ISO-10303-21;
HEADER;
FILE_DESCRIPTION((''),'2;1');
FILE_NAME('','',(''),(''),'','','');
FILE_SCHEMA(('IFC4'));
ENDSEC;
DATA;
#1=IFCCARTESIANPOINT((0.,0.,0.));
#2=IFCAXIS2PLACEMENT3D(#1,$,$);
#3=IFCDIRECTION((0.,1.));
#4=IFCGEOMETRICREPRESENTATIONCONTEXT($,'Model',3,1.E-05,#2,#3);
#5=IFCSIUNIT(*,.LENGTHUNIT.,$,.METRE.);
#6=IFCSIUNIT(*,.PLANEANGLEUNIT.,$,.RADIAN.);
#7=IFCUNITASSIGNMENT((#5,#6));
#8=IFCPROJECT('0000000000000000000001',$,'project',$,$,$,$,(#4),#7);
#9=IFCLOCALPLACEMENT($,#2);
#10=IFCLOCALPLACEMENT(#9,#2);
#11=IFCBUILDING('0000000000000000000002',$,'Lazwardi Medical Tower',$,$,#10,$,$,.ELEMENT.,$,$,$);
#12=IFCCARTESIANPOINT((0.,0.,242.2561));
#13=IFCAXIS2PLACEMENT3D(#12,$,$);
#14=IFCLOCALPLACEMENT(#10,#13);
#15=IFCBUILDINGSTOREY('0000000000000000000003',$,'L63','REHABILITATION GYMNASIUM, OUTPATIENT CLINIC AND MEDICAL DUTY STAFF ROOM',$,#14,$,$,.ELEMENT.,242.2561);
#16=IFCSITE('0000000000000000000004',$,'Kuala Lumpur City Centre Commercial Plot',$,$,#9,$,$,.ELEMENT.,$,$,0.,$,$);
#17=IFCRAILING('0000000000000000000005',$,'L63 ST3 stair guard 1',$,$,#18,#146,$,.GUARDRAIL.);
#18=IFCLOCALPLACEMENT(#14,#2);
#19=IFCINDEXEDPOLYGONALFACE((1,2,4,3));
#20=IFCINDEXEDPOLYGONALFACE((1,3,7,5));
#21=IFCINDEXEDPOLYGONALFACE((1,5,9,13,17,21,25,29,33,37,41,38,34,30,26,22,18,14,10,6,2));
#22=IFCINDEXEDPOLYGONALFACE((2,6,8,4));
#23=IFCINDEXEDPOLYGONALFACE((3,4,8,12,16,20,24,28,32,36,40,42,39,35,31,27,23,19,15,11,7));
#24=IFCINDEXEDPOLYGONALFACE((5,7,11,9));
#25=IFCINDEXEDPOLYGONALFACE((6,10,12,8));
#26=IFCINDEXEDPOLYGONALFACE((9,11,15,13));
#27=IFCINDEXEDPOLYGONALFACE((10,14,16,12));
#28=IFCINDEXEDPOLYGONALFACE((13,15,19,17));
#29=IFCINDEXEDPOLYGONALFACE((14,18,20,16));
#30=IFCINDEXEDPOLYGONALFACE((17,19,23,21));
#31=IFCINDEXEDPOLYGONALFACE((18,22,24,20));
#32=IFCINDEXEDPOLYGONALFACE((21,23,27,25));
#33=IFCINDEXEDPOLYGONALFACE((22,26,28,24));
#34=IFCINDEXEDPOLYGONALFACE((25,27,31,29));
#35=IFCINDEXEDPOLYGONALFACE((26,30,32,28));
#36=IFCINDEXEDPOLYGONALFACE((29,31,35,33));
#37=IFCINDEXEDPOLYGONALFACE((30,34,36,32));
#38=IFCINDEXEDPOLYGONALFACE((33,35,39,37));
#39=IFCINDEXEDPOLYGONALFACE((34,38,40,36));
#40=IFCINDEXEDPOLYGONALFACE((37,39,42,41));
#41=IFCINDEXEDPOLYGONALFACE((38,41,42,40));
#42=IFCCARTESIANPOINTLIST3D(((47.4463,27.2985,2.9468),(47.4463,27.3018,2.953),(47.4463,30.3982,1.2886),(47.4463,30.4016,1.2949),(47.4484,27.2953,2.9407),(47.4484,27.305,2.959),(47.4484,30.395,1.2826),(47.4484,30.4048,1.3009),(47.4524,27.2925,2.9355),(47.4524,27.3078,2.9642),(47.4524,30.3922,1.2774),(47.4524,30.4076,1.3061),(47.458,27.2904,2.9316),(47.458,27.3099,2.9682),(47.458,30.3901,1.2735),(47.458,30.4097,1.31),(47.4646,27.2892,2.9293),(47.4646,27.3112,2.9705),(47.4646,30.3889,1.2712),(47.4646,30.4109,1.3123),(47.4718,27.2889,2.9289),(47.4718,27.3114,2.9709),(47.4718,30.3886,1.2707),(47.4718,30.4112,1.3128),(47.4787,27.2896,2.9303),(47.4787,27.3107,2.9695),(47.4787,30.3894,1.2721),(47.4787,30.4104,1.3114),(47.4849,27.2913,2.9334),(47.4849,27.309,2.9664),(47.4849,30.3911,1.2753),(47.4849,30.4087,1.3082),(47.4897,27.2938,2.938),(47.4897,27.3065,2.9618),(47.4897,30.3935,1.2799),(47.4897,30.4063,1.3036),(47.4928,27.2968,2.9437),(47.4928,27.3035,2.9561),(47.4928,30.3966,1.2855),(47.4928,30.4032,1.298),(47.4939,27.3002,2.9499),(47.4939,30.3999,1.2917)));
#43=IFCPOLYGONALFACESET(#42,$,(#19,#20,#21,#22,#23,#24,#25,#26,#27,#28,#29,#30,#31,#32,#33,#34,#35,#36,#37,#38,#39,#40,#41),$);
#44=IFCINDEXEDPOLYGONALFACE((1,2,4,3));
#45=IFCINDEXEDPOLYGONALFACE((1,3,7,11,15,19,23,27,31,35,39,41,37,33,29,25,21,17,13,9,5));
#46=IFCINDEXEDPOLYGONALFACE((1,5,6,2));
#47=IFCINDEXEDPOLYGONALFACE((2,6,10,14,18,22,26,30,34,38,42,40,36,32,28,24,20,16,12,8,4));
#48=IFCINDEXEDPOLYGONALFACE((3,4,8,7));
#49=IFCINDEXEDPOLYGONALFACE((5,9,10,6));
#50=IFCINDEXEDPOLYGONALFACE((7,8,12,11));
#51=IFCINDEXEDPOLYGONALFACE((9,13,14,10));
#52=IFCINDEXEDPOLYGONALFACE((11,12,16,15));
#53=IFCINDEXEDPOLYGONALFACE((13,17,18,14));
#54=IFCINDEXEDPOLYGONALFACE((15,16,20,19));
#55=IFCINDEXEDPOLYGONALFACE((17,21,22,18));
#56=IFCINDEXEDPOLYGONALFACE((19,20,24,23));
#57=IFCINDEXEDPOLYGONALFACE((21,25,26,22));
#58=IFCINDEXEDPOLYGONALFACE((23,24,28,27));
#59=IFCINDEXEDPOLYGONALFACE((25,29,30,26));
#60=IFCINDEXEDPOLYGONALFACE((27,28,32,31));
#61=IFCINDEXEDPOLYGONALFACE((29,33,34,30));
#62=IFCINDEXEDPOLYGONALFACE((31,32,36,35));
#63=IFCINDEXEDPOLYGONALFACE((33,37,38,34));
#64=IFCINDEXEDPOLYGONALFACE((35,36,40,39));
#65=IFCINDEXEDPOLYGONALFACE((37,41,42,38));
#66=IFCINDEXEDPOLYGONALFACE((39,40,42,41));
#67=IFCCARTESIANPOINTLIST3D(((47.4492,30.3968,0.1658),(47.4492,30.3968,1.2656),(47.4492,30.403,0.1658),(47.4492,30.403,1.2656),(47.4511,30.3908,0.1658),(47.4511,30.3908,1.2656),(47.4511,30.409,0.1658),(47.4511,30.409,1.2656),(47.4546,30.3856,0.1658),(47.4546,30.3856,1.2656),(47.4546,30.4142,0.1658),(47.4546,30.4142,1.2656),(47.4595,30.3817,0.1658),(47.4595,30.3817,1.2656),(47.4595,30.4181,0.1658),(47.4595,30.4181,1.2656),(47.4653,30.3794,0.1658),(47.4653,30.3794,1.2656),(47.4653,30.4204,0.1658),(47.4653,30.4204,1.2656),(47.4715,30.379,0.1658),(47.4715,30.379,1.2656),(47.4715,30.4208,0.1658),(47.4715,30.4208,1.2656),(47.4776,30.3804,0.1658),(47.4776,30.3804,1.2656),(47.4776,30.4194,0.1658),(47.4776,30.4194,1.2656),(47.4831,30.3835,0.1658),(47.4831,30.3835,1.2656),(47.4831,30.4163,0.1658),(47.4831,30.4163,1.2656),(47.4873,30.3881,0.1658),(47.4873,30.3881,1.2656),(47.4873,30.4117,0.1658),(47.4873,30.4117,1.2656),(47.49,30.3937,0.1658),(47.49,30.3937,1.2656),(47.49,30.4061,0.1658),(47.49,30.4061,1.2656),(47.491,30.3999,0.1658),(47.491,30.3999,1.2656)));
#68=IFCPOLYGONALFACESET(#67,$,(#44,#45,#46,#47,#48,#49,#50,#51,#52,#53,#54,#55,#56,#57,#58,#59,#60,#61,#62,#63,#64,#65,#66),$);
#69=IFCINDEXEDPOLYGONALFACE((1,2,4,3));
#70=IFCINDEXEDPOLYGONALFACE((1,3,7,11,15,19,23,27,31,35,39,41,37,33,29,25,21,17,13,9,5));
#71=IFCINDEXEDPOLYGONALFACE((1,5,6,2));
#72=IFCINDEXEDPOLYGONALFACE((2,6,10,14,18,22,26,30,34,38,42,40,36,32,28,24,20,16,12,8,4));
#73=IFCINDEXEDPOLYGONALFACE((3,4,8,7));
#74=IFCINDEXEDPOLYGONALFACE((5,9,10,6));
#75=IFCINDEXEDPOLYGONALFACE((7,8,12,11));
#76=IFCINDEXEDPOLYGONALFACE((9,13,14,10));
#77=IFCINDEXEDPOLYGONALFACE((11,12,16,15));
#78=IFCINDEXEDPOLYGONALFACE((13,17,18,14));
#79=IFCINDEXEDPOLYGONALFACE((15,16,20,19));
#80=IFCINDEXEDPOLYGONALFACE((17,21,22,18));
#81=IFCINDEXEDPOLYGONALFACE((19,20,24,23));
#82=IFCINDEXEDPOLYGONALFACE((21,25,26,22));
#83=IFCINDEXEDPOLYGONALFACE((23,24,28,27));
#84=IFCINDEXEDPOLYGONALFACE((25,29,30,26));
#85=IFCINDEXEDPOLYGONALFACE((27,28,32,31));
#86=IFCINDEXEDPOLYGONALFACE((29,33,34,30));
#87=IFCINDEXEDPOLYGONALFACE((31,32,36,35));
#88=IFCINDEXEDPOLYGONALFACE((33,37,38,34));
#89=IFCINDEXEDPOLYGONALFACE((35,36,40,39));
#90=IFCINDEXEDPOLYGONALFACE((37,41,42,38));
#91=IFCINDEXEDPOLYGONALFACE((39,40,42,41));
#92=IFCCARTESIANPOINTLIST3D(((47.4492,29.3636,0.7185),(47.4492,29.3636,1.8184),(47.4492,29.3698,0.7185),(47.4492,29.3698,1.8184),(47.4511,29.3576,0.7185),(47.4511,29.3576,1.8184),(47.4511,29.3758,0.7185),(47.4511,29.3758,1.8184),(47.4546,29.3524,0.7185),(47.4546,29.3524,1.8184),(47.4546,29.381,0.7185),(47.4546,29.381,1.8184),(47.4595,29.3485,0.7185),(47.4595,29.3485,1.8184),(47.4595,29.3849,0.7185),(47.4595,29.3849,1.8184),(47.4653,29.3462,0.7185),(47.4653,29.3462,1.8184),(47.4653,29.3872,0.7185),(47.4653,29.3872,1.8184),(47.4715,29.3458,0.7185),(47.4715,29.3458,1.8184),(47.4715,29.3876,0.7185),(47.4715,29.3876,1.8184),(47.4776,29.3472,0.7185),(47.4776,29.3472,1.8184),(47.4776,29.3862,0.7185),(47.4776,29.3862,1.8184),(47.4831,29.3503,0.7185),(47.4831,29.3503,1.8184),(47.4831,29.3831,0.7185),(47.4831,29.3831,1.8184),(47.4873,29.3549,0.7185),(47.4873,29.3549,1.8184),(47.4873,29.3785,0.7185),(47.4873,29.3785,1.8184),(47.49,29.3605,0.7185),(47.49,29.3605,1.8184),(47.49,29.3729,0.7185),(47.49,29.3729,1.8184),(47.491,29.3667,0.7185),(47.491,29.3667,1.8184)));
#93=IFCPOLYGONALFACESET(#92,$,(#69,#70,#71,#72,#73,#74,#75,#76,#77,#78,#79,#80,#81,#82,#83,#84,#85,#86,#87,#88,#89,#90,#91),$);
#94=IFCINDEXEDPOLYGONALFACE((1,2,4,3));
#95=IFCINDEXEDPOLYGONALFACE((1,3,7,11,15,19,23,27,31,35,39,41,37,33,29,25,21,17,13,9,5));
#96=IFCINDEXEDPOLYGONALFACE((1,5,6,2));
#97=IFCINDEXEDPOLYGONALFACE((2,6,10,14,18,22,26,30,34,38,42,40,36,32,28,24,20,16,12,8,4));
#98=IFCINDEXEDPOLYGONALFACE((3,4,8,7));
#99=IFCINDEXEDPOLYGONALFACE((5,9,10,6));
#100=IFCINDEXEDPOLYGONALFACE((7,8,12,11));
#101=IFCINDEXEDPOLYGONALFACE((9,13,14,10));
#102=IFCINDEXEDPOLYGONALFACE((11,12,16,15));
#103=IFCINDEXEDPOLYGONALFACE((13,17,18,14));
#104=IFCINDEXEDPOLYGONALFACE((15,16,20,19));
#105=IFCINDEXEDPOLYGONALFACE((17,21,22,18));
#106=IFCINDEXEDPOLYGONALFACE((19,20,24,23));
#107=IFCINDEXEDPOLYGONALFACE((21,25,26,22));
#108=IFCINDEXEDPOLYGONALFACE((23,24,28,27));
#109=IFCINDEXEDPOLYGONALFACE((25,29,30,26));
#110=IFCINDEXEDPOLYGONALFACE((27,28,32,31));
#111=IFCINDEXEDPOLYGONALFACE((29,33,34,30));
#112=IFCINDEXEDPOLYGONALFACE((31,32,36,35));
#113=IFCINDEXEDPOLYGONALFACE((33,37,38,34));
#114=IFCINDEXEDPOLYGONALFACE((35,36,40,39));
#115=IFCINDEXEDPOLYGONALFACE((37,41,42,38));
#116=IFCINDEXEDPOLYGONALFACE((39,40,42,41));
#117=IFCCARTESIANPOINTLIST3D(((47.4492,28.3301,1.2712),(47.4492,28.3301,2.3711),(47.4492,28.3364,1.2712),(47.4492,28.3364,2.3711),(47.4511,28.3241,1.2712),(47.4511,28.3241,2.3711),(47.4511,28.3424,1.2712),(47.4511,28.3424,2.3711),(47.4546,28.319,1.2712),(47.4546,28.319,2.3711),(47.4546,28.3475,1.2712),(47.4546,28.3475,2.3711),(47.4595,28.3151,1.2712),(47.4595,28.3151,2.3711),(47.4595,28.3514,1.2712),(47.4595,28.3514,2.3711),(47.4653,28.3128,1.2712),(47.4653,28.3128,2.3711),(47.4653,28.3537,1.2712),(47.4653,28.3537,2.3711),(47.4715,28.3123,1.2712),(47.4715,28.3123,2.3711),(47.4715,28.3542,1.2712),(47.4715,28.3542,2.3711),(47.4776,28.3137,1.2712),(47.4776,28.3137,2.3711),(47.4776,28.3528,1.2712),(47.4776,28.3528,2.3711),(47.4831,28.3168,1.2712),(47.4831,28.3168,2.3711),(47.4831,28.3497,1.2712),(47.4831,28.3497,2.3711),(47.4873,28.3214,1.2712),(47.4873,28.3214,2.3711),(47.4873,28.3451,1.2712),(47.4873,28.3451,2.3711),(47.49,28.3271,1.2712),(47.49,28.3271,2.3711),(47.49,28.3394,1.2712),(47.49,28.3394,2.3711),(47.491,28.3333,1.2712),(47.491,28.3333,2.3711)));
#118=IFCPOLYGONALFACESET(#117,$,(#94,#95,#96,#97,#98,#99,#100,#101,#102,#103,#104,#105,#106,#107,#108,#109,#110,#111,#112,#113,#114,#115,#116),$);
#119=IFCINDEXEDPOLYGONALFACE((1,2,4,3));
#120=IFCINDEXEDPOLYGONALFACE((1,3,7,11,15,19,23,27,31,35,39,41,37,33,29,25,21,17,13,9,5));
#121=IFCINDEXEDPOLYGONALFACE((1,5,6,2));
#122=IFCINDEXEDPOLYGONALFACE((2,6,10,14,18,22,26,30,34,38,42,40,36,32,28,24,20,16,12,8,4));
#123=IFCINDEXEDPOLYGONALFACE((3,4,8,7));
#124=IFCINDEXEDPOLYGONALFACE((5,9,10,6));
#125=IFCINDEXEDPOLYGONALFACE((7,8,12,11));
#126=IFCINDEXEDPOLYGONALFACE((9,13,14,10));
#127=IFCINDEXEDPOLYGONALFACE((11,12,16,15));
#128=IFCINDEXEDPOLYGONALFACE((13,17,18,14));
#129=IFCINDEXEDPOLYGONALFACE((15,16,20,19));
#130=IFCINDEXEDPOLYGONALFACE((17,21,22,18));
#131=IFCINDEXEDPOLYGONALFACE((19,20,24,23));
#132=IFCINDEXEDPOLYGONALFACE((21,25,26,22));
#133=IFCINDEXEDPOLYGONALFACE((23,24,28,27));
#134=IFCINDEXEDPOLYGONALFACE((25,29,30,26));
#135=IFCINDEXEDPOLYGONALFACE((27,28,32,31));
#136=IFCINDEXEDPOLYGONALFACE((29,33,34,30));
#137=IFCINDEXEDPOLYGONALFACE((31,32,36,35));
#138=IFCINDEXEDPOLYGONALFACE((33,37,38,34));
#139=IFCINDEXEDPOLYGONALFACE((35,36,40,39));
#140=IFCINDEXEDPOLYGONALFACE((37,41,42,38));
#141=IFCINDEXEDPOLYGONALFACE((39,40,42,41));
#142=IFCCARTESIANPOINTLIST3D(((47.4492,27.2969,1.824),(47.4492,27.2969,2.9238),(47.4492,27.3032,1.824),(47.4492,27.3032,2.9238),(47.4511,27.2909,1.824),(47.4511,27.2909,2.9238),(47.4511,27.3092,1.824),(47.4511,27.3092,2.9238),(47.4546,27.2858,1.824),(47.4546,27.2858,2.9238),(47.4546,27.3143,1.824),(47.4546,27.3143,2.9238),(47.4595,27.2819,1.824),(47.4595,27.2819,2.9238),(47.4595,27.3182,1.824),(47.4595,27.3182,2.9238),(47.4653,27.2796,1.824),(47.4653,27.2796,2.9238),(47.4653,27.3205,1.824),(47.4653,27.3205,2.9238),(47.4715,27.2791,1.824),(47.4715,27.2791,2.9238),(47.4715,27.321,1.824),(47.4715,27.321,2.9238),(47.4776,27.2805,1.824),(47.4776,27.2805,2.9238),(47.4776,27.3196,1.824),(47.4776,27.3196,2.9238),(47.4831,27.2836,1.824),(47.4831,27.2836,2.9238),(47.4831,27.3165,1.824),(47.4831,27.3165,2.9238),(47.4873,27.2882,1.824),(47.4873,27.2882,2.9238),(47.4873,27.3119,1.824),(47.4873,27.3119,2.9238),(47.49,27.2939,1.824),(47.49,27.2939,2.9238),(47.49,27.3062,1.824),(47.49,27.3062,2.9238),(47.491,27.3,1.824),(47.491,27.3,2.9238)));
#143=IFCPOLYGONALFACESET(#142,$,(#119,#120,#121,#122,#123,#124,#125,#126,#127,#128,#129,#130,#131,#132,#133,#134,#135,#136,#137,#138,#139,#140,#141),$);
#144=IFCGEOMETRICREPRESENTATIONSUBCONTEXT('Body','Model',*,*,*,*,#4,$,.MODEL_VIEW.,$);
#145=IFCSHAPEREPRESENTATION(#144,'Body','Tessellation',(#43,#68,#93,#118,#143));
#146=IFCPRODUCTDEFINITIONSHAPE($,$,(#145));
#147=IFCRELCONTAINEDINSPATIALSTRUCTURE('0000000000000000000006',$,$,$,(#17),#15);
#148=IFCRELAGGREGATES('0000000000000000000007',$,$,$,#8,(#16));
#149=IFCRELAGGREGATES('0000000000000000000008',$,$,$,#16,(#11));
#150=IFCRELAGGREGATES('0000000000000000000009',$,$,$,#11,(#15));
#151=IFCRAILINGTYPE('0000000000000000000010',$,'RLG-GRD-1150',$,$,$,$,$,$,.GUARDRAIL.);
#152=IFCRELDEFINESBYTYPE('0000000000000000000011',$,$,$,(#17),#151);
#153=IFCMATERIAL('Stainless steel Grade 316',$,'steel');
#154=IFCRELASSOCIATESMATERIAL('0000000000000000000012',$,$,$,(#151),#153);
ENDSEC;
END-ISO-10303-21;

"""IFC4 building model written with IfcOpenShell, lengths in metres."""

from ifc_helpers import new_model, si_unit, direction, frame, origin, origin_2d, place, context, subcontext, project, spatial, circle, extrude, material, type_object, element, save


model = new_model("IFC4")

# Units and contexts
model_context = context("Model", 3, precision=1e-05, world=origin(), true_north=direction((0.0, 1.0)))
body_context = subcontext(model_context, "Body", "Model", "MODEL_VIEW")
ifc_project = project(units=[si_unit("LENGTHUNIT", "METRE"), si_unit("PLANEANGLEUNIT", "RADIAN")], contexts=[model_context])

# Site, building, storey
site_placement = place(None, origin())
site = spatial("IfcSite", under=ifc_project, at=site_placement, Name="Kuala Lumpur City Centre Commercial Plot", CompositionType="ELEMENT", RefElevation=0.0)
building_placement = place(site_placement, origin())
building = spatial("IfcBuilding", under=site, at=building_placement, Name="Lazwardi Medical Tower", CompositionType="ELEMENT")
storey_placement = place(building_placement, frame((0.0, 0.0, 242.2561)))
storey = spatial("IfcBuildingStorey", under=building, at=storey_placement, Name="L63", Description="REHABILITATION GYMNASIUM, OUTPATIENT CLINIC AND MEDICAL DUTY STAFF ROOM", CompositionType="ELEMENT", Elevation=242.2561)

# Railing
ifc_material_1 = material(Name="Stainless steel Grade 316", Category="steel")
railing_type = type_object("IfcRailingType", Name="RLG-GRD-1150", PredefinedType="GUARDRAIL", material=ifc_material_1)
railing_1_placement = place(storey_placement, frame((47.47, 30.3999, 0.1658)))
element("IfcRailing", 1, at=railing_1_placement, inside=storey, type_object=railing_type, Name="L63 ST3 stair guard 1", PredefinedType="GUARDRAIL", context=body_context, shape_type="SweptSolid", body=[
    extrude(circle(Radius=0.0239, at=origin_2d()), frame((0.0, 0.0, 1.126), z_axis=(0.0, -0.881768, 0.471684), x_axis=(1.0, 0.0, 0.0)), (0.0, 0.0, 1.0), 3.5154),
    extrude(circle(Radius=0.021, at=origin_2d()), origin(), (0.0, 0.0, 1.0), 1.0999),
    extrude(circle(Radius=0.021, at=origin_2d()), frame((0.0, -1.0332, 0.5527)), (0.0, 0.0, 1.0), 1.0999),
    extrude(circle(Radius=0.021, at=origin_2d()), frame((0.0, -2.0667, 1.1055)), (0.0, 0.0, 1.0), 1.0999),
    extrude(circle(Radius=0.021, at=origin_2d()), frame((0.0, -3.0999, 1.6582)), (0.0, 0.0, 1.0), 1.0999),
])

save(model, "model.ifc")
